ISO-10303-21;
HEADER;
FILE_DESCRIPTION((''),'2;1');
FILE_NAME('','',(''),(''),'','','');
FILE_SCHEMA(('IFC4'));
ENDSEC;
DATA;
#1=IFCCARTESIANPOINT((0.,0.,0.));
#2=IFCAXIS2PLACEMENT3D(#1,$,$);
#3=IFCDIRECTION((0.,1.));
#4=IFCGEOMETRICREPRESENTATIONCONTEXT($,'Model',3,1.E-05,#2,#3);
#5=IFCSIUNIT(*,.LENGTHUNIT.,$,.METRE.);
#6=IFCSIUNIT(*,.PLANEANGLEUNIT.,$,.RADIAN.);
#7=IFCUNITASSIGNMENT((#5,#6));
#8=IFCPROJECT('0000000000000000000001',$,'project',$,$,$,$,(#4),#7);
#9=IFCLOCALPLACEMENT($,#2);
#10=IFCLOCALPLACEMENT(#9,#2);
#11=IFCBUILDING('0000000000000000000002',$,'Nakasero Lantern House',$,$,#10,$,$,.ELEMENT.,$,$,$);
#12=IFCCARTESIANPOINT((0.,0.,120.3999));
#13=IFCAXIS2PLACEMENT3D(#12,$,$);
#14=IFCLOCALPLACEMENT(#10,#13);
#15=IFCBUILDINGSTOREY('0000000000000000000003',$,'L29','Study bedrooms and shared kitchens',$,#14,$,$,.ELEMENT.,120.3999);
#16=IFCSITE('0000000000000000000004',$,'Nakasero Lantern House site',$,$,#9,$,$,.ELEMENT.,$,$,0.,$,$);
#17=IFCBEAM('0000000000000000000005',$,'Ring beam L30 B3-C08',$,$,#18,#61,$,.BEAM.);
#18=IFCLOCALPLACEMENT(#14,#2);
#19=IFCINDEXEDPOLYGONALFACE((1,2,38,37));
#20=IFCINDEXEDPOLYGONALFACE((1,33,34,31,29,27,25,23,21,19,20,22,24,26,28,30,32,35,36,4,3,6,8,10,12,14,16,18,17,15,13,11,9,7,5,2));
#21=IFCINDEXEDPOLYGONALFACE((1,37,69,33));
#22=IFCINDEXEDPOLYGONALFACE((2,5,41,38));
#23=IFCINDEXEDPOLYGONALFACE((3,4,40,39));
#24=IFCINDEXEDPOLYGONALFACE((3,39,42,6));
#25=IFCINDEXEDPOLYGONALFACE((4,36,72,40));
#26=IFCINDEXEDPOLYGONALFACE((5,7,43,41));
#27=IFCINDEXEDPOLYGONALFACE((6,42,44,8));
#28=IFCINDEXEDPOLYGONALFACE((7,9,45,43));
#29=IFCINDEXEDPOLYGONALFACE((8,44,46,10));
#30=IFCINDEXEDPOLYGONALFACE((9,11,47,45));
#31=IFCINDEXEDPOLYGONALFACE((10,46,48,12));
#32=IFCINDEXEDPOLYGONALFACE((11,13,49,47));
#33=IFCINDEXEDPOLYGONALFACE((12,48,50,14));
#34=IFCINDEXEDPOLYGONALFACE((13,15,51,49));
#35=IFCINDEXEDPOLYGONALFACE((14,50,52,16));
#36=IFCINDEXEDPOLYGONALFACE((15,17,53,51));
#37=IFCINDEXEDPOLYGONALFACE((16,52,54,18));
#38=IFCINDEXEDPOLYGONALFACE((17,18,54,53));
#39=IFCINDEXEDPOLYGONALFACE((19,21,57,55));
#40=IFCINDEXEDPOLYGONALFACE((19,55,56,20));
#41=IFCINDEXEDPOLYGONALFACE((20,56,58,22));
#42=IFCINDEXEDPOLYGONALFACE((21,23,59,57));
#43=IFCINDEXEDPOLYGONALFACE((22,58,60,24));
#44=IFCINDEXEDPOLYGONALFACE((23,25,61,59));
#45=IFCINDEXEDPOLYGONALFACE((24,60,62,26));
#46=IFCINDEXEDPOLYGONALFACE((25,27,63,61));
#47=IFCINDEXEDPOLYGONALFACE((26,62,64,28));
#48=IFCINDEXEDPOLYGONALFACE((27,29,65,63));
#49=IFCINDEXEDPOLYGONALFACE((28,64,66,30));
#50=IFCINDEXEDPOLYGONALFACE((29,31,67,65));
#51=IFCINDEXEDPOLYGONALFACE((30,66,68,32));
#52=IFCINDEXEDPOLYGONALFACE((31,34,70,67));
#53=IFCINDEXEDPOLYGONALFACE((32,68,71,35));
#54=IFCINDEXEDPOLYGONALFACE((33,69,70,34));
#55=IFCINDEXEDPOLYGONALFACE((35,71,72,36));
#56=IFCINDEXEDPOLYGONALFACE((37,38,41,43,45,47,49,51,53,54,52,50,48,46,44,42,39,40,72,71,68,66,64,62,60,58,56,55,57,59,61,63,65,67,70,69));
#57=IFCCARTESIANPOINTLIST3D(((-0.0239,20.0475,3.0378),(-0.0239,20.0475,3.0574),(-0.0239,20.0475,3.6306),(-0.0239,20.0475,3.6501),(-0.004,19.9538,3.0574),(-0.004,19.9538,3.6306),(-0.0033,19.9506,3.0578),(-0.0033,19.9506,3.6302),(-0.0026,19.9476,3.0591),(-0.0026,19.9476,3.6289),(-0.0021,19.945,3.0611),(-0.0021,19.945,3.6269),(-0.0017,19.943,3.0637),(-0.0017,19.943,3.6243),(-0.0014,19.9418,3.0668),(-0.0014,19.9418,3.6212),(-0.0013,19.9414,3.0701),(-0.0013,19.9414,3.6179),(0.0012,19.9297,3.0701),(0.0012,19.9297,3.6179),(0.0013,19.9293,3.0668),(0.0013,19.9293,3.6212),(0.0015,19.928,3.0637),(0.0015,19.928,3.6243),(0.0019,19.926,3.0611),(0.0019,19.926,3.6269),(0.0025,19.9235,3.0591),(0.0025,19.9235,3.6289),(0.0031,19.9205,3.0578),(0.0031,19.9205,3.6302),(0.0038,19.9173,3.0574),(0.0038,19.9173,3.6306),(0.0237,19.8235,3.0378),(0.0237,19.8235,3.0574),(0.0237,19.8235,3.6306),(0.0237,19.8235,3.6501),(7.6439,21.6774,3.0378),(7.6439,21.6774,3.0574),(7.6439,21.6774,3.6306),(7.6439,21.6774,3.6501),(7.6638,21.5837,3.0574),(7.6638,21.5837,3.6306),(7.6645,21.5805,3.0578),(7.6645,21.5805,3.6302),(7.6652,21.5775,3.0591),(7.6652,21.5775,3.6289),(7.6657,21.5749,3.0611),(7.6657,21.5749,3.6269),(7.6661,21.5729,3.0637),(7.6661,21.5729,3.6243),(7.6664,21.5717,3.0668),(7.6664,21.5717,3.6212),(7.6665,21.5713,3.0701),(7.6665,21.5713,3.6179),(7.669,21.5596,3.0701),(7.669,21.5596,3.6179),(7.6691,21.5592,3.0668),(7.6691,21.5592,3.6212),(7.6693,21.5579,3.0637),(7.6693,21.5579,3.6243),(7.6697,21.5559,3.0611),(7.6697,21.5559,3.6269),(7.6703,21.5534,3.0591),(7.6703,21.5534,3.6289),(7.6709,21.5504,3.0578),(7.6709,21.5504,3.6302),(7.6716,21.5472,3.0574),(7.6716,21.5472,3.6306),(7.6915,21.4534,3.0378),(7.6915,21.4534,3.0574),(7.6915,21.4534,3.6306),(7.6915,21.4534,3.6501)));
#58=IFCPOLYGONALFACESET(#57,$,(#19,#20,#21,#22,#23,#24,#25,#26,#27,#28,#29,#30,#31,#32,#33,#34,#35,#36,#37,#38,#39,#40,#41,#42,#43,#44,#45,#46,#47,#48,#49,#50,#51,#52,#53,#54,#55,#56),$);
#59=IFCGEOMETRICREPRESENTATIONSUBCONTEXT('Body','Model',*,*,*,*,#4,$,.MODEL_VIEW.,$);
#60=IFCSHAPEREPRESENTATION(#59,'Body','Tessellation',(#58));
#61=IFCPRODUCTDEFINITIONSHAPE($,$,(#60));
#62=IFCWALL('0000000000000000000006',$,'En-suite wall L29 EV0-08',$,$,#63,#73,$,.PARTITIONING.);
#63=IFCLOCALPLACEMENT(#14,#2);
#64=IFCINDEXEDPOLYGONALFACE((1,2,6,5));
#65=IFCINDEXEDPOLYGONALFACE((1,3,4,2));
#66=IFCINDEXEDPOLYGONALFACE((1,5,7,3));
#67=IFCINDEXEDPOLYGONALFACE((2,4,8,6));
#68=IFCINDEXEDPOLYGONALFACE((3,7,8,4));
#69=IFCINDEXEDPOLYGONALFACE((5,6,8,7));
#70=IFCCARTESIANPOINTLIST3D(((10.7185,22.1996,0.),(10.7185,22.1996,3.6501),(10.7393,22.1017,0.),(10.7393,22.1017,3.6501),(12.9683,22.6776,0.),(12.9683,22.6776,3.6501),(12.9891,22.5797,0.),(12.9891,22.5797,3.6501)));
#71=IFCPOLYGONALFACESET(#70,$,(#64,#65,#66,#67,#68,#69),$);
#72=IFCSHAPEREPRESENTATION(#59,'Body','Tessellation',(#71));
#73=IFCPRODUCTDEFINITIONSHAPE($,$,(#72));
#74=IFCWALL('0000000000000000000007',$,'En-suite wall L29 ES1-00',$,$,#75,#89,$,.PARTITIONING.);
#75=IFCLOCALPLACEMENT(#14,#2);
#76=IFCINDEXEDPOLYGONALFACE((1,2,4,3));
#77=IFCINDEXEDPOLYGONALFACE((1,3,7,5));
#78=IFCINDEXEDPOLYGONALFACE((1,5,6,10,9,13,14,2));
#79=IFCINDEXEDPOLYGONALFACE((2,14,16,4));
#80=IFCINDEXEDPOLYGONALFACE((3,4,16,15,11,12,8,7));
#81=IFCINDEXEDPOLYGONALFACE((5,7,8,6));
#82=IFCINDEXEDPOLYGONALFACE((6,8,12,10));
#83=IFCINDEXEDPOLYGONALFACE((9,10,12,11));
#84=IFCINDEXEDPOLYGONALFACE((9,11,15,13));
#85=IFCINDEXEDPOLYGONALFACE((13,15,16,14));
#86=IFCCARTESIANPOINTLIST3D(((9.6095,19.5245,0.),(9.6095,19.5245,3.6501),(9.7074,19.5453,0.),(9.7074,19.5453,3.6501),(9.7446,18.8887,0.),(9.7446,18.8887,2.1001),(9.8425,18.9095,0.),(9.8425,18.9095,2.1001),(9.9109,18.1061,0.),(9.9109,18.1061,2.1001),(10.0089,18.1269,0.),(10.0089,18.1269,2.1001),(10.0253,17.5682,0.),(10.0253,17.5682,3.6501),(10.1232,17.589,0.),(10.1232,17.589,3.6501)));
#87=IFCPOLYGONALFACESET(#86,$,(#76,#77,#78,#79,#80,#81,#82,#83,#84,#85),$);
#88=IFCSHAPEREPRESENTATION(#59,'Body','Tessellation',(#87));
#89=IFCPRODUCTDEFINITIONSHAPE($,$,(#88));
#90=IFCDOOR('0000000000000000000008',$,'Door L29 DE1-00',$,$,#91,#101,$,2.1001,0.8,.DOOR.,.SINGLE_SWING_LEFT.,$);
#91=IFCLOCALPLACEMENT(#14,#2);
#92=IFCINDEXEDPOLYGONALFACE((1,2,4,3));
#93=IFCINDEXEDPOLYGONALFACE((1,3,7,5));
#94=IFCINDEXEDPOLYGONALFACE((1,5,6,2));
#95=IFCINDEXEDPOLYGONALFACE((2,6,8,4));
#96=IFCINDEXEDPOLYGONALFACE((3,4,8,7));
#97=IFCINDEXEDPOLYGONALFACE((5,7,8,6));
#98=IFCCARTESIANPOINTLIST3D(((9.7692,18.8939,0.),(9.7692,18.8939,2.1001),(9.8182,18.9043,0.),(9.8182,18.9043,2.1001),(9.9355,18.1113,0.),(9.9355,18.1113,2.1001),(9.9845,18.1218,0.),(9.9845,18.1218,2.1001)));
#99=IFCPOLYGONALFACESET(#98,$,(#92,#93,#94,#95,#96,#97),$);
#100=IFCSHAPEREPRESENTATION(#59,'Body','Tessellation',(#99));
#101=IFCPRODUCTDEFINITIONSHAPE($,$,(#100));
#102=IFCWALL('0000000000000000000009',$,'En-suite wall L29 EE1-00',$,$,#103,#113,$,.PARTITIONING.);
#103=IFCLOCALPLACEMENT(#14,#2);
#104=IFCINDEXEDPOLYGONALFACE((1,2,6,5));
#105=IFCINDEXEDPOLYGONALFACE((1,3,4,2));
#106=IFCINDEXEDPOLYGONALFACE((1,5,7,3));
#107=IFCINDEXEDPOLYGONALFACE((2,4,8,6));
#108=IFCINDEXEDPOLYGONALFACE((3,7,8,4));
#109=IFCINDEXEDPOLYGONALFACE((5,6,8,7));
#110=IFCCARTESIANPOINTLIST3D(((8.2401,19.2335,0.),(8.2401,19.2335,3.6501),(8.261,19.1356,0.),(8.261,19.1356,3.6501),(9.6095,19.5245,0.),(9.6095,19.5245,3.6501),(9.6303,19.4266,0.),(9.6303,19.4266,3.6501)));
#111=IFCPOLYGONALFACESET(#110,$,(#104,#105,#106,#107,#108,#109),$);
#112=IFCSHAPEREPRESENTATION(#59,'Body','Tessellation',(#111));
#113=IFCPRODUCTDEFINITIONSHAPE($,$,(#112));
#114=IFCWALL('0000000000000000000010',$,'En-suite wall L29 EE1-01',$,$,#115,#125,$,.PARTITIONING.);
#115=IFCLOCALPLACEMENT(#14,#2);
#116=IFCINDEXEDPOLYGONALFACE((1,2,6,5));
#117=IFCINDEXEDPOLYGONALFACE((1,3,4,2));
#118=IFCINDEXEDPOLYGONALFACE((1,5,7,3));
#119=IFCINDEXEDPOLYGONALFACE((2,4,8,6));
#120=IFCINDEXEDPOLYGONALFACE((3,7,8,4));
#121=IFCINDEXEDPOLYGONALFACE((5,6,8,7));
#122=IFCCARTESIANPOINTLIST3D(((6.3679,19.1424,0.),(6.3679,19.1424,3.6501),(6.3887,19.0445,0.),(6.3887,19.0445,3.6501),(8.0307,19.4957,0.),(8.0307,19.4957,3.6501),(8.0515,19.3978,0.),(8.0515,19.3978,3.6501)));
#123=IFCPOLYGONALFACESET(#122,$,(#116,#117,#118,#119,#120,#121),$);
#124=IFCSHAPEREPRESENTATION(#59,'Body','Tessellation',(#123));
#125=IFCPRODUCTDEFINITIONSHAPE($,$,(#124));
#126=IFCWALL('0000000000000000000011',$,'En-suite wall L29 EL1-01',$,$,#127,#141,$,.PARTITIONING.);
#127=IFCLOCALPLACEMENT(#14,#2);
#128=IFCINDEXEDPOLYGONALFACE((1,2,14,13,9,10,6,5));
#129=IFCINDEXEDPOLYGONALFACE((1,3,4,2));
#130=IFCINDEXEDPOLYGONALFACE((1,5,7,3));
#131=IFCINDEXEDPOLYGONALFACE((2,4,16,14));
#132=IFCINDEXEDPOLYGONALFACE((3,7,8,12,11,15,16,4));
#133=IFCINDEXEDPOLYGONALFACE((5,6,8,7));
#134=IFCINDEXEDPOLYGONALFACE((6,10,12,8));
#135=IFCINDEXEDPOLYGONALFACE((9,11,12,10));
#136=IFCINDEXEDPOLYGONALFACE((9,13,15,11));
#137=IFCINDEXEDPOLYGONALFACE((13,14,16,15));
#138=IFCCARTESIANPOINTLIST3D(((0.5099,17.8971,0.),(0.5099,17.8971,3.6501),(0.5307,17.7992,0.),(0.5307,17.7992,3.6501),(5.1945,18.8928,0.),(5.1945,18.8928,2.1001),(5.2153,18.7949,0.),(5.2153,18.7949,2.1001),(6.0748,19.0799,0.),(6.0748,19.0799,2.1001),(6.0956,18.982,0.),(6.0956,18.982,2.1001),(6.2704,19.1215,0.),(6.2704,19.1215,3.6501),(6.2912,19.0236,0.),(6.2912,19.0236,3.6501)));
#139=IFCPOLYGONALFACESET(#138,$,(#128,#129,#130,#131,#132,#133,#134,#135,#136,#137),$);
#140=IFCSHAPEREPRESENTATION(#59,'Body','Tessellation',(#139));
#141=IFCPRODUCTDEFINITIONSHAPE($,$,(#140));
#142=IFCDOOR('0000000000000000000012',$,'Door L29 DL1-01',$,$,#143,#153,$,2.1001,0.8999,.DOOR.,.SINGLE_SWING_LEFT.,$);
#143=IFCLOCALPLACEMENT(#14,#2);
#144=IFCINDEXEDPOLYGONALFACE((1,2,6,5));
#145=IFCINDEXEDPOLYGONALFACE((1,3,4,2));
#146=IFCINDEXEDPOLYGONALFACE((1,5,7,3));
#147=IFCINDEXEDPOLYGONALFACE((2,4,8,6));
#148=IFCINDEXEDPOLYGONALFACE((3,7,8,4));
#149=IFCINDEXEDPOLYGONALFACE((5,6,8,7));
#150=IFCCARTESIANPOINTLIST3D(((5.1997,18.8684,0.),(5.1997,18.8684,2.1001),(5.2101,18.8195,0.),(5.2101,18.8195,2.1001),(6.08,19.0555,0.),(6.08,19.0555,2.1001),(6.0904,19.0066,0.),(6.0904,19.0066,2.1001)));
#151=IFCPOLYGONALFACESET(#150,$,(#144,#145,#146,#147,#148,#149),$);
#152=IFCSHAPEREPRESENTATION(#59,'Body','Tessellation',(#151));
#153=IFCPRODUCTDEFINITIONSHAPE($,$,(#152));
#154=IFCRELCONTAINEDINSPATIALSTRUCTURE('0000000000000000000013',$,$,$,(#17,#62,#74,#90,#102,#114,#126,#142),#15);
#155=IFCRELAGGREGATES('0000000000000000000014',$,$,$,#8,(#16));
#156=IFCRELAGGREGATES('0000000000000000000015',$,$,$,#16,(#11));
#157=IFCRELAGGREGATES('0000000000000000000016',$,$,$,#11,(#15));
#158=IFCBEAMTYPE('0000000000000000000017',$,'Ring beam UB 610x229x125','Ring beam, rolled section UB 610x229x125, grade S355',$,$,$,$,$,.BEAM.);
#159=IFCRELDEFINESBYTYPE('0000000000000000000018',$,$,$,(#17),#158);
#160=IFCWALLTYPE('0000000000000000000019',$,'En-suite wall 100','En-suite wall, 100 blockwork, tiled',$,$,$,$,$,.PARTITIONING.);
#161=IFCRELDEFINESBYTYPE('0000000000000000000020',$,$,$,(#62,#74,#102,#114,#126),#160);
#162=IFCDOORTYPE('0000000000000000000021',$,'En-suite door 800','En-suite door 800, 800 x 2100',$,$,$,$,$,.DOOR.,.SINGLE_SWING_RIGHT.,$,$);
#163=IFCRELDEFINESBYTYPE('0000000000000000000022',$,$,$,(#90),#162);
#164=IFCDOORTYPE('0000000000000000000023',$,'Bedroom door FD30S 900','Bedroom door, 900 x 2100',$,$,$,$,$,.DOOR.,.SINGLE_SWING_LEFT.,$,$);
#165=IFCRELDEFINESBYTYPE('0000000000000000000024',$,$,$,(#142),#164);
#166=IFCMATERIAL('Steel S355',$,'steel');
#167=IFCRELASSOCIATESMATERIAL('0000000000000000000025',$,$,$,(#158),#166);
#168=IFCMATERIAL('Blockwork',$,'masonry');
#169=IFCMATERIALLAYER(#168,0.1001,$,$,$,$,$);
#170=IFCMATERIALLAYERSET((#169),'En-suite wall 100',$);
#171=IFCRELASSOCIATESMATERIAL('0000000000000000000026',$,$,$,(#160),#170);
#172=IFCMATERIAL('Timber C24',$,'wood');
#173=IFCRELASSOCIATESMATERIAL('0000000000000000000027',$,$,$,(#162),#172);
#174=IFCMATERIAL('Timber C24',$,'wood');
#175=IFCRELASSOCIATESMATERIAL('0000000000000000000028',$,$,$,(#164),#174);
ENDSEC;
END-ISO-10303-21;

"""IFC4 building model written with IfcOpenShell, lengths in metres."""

from ifc_helpers import new_model, si_unit, direction, frame, frame_2d, origin, origin_2d, place, context, subcontext, project, spatial, rectangle, i_section, extrude, material, layer, layer_set, material_profile, profile_set, type_object, element, fill, save


model = new_model("IFC4")

# Units and contexts
model_context = context("Model", 3, precision=1e-05, world=origin(), true_north=direction((0.0, 1.0)))
body_context = subcontext(model_context, "Body", "Model", "MODEL_VIEW")
ifc_project = project(units=[si_unit("LENGTHUNIT", "METRE"), si_unit("PLANEANGLEUNIT", "RADIAN")], contexts=[model_context])

# Site, building, storey
site_placement = place(None, origin())
site = spatial("IfcSite", under=ifc_project, at=site_placement, Name="Nakasero Lantern House site", CompositionType="ELEMENT", RefElevation=0.0)
building_placement = place(site_placement, origin())
building = spatial("IfcBuilding", under=site, at=building_placement, Name="Nakasero Lantern House", CompositionType="ELEMENT")
storey_placement = place(building_placement, frame((0.0, 0.0, 120.3999)))
storey = spatial("IfcBuildingStorey", under=building, at=storey_placement, Name="L29", Description="Study bedrooms and shared kitchens", CompositionType="ELEMENT", Elevation=120.3999)

# Beam
ifc_material_1 = material(Name="Steel S355", Category="steel")
ifc_material_profile_1 = material_profile(ifc_material_1, i_section(OverallWidth=0.229, OverallDepth=0.6123, WebThickness=0.012, FlangeThickness=0.0195, FilletRadius=0.0127, at=origin_2d()), Name="UB 610x229x125")
ifc_profile_set_1 = profile_set([ifc_material_profile_1], Name="Steel S355")
beam_type_1 = type_object("IfcBeamType", Name="Ring beam UB 610x229x125", Description="Ring beam, rolled section UB 610x229x125, grade S355", PredefinedType="BEAM", material=ifc_profile_set_1)
beam_1_placement = place(storey_placement, frame((7.6677, 21.5654, 3.344), z_axis=(-0.978146, -0.207919, 0.0), x_axis=(0.207919, -0.978146, 0.0)))
element("IfcBeam", 1, at=beam_1_placement, inside=storey, type_object=beam_type_1, Name="Ring beam L30 B3-C08", PredefinedType="BEAM", context=body_context, shape_type="SweptSolid", body=[
    extrude(i_section(OverallWidth=0.229, OverallDepth=0.6123, WebThickness=0.012, FlangeThickness=0.0195, FilletRadius=0.0127, at=origin_2d()), origin(), (0.0, 0.0, 1.0), 7.8391),
])

# Wall
ifc_material_2 = material(Name="Blockwork", Category="masonry")
ifc_layer_1 = layer(ifc_material_2, 0.1001)
ifc_layer_set_1 = layer_set([ifc_layer_1], Name="En-suite wall 100")
wall_type_1 = type_object("IfcWallType", Name="En-suite wall 100", Description="En-suite wall, 100 blockwork, tiled", PredefinedType="PARTITIONING", material=ifc_layer_set_1)
wall_1_placement = place(storey_placement, frame((10.729, 22.1506, 0.0), z_axis=(0.0, 0.0, 1.0), x_axis=(0.978163, 0.20784, 0.0)))
element("IfcWall", 2, at=wall_1_placement, inside=storey, type_object=wall_type_1, Name="En-suite wall L29 EV0-08", PredefinedType="PARTITIONING", context=body_context, shape_type="SweptSolid", body=[
    extrude(rectangle(XDim=2.3, YDim=0.1001, at=frame_2d((1.1499, 0.0))), origin(), (0.0, 0.0, 1.0), 3.6501),
])

# Wall, opening, door
wall_2_placement = place(storey_placement, frame((10.0742, 17.5786, 0.0), z_axis=(0.0, 0.0, 1.0), x_axis=(-0.207886, 0.978153, 0.0)))
wall_2 = element("IfcWall", 3, at=wall_2_placement, inside=storey, type_object=wall_type_1, Name="En-suite wall L29 ES1-00", PredefinedType="PARTITIONING", context=body_context, shape_type="SweptSolid", body=[
    extrude(rectangle(XDim=2.0, YDim=0.1001, at=frame_2d((1.0, 0.0))), origin(), (0.0, 0.0, 1.0), 3.6501),
])
opening_1_placement = place(wall_2_placement, frame((0.55, 0.0, 0.0)))
opening_1 = element("IfcOpeningElement", 4, at=opening_1_placement, cuts=wall_2, PredefinedType="OPENING", context=body_context, shape_type="SweptSolid", body=[
    extrude(rectangle(XDim=0.8, YDim=2.1001, at=frame_2d((0.3999, 1.05))), frame((0.0, 0.0701, 0.0), z_axis=(0.0, -1.0, 0.0), x_axis=(1.0, 0.0, 0.0)), (0.0, 0.0, 1.0), 0.1401),
])
ifc_material_3 = material(Name="Timber C24", Category="wood")
door_type_1 = type_object("IfcDoorType", Name="En-suite door 800", Description="En-suite door 800, 800 x 2100", OperationType="SINGLE_SWING_RIGHT", PredefinedType="DOOR", material=ifc_material_3)
door_1_placement = place(opening_1_placement, origin())
door_1 = element("IfcDoor", 5, at=door_1_placement, inside=storey, type_object=door_type_1, Name="Door L29 DE1-00", OperationType="SINGLE_SWING_LEFT", OverallHeight=2.1001, OverallWidth=0.8, PredefinedType="DOOR", context=body_context, shape_type="SweptSolid", body=[
    extrude(rectangle(XDim=0.8, YDim=2.1001, at=frame_2d((0.3999, 1.05))), frame((0.0, 0.0249, 0.0), z_axis=(0.0, -1.0, 0.0), x_axis=(1.0, 0.0, 0.0)), (0.0, 0.0, 1.0), 0.05),
])
fill(opening_1, door_1)

# Walls
wall_3_placement = place(storey_placement, frame((9.6199, 19.4756, 0.0), z_axis=(0.0, 0.0, 1.0), x_axis=(-0.978156, -0.207873, 0.0)))
element("IfcWall", 6, at=wall_3_placement, inside=storey, type_object=wall_type_1, Name="En-suite wall L29 EE1-00", PredefinedType="PARTITIONING", context=body_context, shape_type="SweptSolid", body=[
    extrude(rectangle(XDim=1.3999, YDim=0.1001, at=frame_2d((0.7, 0.0))), origin(), (0.0, 0.0, 1.0), 3.6501),
])
wall_4_placement = place(storey_placement, frame((8.0413, 19.4468, 0.0), z_axis=(0.0, 0.0, 1.0), x_axis=(-0.978169, -0.207812, 0.0)))
element("IfcWall", 7, at=wall_4_placement, inside=storey, type_object=wall_type_1, Name="En-suite wall L29 EE1-01", PredefinedType="PARTITIONING", context=body_context, shape_type="SweptSolid", body=[
    extrude(rectangle(XDim=1.7, YDim=0.1001, at=frame_2d((0.8501, 0.0))), origin(), (0.0, 0.0, 1.0), 3.6501),
])

# Wall, opening, door
wall_5_placement = place(storey_placement, frame((6.2808, 19.0725, 0.0), z_axis=(0.0, 0.0, 1.0), x_axis=(-0.97815, -0.207901, 0.0)))
wall_5 = element("IfcWall", 8, at=wall_5_placement, inside=storey, type_object=wall_type_1, Name="En-suite wall L29 EL1-01", PredefinedType="PARTITIONING", context=body_context, shape_type="SweptSolid", body=[
    extrude(rectangle(XDim=5.8892, YDim=0.1001, at=frame_2d((2.9446, 0.0))), origin(), (0.0, 0.0, 1.0), 3.6501),
])
opening_2_placement = place(wall_5_placement, frame((0.2, 0.0, 0.0)))
opening_2 = element("IfcOpeningElement", 9, at=opening_2_placement, cuts=wall_5, PredefinedType="OPENING", context=body_context, shape_type="SweptSolid", body=[
    extrude(rectangle(XDim=0.8999, YDim=2.1001, at=frame_2d((0.45, 1.05))), frame((0.0, 0.0701, 0.0), z_axis=(0.0, -1.0, 0.0), x_axis=(1.0, 0.0, 0.0)), (0.0, 0.0, 1.0), 0.1401),
])
ifc_material_4 = material(Name="Timber C24", Category="wood")
door_type_2 = type_object("IfcDoorType", Name="Bedroom door FD30S 900", Description="Bedroom door, 900 x 2100", OperationType="SINGLE_SWING_LEFT", PredefinedType="DOOR", material=ifc_material_4)
door_2_placement = place(opening_2_placement, origin())
door_2 = element("IfcDoor", 10, at=door_2_placement, inside=storey, type_object=door_type_2, Name="Door L29 DL1-01", OperationType="SINGLE_SWING_LEFT", OverallHeight=2.1001, OverallWidth=0.8999, PredefinedType="DOOR", context=body_context, shape_type="SweptSolid", body=[
    extrude(rectangle(XDim=0.8999, YDim=2.1001, at=frame_2d((0.45, 1.05))), frame((0.0, 0.0249, 0.0), z_axis=(0.0, -1.0, 0.0), x_axis=(1.0, 0.0, 0.0)), (0.0, 0.0, 1.0), 0.05),
])
fill(opening_2, door_2)

save(model, "model.ifc")
